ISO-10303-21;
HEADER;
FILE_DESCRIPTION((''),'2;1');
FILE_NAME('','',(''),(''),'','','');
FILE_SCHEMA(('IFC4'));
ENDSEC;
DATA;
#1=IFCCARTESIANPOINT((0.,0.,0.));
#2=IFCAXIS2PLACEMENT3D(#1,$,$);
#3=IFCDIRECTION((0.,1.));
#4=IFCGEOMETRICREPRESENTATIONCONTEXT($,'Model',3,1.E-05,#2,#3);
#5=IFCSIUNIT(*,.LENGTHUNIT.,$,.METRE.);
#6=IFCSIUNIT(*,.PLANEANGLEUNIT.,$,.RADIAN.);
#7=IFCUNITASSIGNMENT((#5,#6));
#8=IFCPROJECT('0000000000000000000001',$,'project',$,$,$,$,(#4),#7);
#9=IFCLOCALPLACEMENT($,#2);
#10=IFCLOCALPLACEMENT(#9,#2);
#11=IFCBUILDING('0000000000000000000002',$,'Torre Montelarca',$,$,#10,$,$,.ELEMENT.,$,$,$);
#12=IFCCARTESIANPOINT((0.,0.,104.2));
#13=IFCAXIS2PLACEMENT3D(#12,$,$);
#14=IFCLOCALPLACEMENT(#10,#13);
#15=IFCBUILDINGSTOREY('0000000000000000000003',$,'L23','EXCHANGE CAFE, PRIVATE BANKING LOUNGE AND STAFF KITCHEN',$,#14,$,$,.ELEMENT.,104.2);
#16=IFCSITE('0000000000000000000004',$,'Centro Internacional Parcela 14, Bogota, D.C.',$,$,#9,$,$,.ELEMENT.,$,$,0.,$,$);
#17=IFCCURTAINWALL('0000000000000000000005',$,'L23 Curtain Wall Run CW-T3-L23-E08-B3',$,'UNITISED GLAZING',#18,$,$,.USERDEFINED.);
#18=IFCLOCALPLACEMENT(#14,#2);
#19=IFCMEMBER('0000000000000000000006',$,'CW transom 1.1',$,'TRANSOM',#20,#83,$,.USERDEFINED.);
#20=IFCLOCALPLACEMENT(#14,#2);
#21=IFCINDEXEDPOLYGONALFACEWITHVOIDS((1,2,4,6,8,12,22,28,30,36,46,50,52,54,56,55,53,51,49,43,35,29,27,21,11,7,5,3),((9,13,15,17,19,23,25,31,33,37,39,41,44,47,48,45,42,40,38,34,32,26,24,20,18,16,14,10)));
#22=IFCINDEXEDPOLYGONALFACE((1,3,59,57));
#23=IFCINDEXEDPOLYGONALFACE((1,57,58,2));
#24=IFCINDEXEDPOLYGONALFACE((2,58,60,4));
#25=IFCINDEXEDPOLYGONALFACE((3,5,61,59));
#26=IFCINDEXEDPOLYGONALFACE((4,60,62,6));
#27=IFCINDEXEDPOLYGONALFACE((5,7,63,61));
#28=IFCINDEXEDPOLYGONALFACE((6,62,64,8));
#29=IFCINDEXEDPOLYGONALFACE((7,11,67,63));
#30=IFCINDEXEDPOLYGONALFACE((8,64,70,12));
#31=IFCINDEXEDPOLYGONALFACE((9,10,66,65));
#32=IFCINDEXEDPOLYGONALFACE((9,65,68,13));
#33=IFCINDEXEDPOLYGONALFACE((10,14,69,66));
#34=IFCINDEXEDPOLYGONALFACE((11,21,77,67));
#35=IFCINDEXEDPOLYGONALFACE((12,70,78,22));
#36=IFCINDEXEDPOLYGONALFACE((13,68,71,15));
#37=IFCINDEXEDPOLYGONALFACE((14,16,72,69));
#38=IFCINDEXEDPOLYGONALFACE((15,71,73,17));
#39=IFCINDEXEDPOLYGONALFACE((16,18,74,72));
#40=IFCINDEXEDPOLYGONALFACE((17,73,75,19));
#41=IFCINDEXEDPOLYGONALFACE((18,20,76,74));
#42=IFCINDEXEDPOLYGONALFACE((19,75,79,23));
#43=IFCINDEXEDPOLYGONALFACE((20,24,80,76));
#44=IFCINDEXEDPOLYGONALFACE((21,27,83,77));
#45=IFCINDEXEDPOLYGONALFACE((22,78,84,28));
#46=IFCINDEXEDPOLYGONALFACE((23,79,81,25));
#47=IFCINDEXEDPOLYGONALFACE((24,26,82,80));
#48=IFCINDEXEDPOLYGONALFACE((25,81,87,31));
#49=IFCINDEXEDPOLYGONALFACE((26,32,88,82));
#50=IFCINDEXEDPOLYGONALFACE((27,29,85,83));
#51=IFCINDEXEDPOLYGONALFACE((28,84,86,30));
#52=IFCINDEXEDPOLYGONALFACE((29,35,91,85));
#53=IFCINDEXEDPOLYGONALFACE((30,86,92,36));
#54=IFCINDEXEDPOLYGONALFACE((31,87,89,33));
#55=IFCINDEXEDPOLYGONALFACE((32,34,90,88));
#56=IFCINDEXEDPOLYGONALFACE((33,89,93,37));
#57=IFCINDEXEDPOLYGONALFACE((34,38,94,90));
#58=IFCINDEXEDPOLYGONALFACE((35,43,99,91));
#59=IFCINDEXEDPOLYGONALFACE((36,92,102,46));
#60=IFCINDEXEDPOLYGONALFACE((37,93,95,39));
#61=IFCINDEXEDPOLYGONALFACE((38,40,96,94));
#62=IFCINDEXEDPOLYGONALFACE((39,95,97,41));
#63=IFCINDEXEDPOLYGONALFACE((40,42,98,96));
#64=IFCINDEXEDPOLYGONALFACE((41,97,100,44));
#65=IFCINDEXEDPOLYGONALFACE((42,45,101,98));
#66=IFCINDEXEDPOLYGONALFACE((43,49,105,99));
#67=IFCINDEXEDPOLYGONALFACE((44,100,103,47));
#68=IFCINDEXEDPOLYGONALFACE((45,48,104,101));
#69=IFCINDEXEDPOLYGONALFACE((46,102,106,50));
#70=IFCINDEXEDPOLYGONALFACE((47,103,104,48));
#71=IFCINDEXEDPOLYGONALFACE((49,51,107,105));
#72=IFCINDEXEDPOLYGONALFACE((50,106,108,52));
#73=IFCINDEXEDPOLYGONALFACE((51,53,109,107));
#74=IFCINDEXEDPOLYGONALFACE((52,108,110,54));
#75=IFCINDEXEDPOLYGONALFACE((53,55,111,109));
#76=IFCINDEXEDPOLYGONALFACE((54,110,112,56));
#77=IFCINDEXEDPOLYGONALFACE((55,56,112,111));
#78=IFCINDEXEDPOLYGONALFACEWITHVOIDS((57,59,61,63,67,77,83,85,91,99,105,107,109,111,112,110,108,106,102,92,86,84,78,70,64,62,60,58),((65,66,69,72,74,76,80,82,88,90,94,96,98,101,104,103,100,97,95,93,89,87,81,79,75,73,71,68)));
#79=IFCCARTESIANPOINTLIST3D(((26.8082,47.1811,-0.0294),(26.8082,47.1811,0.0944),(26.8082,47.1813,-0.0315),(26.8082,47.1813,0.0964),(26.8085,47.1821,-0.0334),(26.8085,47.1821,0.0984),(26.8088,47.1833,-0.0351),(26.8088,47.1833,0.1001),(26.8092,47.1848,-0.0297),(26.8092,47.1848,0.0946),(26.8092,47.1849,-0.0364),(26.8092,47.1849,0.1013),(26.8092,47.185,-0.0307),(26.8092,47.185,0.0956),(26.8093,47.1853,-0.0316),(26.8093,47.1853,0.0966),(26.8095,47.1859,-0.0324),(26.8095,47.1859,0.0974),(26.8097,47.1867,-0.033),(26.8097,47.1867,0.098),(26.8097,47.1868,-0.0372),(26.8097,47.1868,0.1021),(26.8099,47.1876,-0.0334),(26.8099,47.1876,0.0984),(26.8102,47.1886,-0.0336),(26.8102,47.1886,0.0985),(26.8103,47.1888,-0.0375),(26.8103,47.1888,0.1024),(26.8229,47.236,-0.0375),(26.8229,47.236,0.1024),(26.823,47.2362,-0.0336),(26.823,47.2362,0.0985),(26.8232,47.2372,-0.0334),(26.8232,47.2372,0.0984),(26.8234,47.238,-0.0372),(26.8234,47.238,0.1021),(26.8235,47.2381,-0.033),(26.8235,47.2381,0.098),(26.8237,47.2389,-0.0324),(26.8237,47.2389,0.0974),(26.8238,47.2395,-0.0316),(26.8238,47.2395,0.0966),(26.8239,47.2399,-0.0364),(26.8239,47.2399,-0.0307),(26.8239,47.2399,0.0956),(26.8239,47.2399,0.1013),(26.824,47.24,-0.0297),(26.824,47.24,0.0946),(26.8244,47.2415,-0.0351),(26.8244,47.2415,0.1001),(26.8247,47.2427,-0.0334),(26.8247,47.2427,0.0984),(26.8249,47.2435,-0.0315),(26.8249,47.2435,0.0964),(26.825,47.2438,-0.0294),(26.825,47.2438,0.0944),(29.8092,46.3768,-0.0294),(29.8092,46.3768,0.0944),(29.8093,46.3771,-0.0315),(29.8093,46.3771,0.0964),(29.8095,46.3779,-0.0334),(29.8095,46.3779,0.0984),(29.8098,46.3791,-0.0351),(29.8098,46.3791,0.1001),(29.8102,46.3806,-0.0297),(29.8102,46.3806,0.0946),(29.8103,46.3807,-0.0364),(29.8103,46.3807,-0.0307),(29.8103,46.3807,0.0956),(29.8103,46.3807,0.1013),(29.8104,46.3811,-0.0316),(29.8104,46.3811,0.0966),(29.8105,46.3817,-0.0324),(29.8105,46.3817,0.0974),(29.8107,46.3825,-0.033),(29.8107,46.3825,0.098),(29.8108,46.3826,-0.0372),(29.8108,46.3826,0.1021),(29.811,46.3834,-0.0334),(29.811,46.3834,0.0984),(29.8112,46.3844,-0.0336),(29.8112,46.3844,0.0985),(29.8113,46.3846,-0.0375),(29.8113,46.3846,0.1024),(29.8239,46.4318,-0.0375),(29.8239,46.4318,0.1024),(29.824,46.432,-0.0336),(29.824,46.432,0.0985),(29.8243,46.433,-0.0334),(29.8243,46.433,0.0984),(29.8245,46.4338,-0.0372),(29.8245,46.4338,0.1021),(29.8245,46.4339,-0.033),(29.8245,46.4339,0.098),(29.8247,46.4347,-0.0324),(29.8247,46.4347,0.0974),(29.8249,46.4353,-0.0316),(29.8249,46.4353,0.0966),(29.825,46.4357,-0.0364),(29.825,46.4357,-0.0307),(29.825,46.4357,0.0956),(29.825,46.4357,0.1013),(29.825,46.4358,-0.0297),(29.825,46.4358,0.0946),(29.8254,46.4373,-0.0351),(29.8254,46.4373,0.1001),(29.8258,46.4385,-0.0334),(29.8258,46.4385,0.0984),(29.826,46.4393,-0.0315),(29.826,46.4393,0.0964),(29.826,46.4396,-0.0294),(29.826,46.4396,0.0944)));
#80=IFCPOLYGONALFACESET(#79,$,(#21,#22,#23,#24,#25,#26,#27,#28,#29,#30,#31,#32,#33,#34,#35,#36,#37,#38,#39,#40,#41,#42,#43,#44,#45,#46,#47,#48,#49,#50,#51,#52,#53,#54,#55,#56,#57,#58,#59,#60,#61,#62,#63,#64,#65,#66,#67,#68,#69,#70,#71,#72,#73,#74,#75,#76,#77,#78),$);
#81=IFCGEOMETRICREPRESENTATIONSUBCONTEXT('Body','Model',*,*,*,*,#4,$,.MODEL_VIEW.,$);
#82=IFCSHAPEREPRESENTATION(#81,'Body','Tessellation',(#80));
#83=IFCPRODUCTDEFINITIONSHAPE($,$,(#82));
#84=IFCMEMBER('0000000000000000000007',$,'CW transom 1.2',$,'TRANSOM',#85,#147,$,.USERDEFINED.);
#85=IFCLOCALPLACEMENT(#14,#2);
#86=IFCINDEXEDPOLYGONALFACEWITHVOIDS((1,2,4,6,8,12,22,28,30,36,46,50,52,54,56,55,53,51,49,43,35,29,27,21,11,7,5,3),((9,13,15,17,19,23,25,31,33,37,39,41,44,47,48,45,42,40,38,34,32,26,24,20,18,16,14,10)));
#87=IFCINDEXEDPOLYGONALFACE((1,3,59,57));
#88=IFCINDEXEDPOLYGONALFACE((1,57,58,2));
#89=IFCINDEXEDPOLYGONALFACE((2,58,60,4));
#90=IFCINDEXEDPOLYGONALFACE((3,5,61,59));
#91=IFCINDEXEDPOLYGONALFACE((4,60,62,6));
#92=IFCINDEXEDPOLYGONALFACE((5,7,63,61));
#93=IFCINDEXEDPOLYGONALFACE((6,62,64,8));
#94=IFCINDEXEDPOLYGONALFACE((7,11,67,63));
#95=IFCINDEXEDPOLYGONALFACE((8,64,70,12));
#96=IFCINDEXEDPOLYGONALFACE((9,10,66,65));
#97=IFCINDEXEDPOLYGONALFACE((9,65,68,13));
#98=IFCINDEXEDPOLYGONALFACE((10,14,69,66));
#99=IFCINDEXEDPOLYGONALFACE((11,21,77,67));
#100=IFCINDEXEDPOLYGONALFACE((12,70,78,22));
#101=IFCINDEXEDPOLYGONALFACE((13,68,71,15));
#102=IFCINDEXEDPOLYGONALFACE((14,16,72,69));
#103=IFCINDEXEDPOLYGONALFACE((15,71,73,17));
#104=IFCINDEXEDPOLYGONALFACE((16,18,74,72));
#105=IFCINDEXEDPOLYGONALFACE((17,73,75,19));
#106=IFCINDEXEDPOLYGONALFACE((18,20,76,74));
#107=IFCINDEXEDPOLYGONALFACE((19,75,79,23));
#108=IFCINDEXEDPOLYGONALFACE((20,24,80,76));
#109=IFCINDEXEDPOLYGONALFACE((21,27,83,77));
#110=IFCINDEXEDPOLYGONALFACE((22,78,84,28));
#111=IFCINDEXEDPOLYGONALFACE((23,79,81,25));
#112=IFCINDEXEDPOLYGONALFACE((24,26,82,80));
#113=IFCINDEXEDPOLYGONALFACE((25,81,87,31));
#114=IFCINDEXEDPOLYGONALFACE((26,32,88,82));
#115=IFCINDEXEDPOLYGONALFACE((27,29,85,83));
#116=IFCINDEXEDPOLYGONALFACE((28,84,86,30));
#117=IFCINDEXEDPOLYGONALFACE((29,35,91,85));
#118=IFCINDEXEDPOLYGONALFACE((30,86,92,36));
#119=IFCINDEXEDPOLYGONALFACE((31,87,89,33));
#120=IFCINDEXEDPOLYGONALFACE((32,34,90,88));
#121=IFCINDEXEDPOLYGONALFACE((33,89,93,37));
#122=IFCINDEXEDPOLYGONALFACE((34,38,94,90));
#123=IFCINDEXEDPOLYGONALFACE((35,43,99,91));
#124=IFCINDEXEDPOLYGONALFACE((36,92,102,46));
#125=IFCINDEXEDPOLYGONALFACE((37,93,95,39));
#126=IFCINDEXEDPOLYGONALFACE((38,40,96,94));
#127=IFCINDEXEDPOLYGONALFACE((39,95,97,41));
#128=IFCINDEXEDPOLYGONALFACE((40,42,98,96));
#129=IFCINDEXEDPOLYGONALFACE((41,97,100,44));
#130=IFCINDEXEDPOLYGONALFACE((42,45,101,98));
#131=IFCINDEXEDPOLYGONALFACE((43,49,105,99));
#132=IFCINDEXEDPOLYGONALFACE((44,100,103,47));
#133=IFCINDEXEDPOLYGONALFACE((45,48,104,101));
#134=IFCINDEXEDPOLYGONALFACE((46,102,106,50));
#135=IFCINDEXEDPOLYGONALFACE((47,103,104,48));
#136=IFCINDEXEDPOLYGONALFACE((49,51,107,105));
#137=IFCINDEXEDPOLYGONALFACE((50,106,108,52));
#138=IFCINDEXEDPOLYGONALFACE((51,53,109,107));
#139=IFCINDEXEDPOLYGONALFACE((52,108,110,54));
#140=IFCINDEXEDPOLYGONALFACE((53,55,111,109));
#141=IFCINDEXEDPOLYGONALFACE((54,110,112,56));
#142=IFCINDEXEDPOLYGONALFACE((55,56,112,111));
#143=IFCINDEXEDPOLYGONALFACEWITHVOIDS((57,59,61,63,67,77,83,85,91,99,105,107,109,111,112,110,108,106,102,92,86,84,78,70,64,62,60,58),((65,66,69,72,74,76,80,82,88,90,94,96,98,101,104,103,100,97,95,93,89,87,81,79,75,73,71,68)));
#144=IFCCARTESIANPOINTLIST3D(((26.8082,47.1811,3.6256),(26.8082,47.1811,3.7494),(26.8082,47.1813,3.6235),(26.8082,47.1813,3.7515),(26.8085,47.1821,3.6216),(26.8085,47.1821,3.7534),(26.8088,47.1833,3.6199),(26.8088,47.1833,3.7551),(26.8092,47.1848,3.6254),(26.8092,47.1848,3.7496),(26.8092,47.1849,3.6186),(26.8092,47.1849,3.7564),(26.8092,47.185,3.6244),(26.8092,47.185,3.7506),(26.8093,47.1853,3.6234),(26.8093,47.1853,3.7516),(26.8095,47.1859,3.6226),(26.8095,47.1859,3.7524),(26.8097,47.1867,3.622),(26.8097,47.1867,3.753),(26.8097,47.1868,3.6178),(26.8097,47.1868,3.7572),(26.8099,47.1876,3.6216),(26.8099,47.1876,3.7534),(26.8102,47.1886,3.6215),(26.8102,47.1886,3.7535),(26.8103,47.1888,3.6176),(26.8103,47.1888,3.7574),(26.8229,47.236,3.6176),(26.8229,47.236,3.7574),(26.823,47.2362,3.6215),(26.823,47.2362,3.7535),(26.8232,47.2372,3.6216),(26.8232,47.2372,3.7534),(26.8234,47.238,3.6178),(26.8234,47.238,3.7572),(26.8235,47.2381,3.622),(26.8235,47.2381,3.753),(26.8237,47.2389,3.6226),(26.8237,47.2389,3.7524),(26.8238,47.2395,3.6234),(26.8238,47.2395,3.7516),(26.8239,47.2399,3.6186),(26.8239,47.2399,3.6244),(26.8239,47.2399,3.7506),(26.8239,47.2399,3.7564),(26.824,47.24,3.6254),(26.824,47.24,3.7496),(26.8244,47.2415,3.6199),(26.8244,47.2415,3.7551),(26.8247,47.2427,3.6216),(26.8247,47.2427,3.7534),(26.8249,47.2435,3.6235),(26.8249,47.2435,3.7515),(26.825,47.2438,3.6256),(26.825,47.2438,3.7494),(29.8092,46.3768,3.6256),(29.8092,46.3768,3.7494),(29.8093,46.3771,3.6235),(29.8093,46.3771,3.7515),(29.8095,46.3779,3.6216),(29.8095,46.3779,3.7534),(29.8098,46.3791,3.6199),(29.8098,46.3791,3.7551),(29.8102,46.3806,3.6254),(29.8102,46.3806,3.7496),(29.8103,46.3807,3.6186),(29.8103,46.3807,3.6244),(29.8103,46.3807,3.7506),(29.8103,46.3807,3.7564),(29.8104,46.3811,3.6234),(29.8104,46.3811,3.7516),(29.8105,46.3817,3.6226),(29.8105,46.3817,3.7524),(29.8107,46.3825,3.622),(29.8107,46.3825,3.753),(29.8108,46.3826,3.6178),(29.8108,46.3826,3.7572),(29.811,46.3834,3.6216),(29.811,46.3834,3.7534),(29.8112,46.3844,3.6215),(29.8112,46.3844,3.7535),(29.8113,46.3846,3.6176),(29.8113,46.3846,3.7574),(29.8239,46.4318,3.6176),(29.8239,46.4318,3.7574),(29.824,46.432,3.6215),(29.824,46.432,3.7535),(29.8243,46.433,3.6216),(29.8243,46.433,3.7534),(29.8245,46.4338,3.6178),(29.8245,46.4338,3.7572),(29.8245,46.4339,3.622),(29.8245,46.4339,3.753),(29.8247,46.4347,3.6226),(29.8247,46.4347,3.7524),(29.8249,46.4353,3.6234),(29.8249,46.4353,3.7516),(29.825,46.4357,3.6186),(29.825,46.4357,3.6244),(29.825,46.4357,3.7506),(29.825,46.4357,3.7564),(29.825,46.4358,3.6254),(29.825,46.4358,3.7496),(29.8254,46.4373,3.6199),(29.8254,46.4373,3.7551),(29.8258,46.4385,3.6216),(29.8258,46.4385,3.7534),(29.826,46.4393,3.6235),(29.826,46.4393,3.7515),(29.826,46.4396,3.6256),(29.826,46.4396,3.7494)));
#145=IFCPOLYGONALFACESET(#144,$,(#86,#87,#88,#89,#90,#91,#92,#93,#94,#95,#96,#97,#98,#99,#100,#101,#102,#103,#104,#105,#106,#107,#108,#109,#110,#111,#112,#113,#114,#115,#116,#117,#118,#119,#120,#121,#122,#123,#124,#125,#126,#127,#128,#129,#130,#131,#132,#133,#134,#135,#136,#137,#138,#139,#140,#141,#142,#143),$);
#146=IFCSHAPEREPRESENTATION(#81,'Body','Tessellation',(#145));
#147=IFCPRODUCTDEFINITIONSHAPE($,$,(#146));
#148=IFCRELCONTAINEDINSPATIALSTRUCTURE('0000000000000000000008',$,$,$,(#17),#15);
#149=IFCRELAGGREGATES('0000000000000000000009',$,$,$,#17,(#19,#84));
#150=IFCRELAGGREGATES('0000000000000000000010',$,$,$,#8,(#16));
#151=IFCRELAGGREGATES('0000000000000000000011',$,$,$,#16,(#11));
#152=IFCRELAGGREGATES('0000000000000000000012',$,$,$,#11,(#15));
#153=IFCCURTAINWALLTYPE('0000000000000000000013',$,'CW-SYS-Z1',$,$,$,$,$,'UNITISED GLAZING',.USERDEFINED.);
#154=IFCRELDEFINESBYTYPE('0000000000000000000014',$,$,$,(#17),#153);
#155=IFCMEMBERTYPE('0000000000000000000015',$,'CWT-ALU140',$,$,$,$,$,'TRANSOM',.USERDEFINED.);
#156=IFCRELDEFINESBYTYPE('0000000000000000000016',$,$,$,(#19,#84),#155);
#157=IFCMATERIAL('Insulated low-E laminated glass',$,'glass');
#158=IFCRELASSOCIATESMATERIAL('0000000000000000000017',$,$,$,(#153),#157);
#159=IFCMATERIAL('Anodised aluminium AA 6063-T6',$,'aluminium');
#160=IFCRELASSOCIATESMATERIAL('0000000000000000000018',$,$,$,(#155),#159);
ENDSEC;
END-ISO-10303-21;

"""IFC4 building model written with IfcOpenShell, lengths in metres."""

from ifc_helpers import new_model, si_unit, direction, frame, origin, origin_2d, place, context, subcontext, project, spatial, hollow_rectangle, extrude, source, transform, mapped, material, material_profile, profile_set, type_object, element, aggregate, save


model = new_model("IFC4")

# Units and contexts
model_context = context("Model", 3, precision=1e-05, world=origin(), true_north=direction((0.0, 1.0)))
body_context = subcontext(model_context, "Body", "Model", "MODEL_VIEW")
ifc_project = project(units=[si_unit("LENGTHUNIT", "METRE"), si_unit("PLANEANGLEUNIT", "RADIAN")], contexts=[model_context])

# Site, building, storey
site_placement = place(None, origin())
site = spatial("IfcSite", under=ifc_project, at=site_placement, Name="Centro Internacional Parcela 14, Bogota, D.C.", CompositionType="ELEMENT", RefElevation=0.0)
building_placement = place(site_placement, origin())
building = spatial("IfcBuilding", under=site, at=building_placement, Name="Torre Montelarca", CompositionType="ELEMENT")
storey_placement = place(building_placement, frame((0.0, 0.0, 104.2)))
storey = spatial("IfcBuildingStorey", under=building, at=storey_placement, Name="L23", Description="EXCHANGE CAFE, PRIVATE BANKING LOUNGE AND STAFF KITCHEN", CompositionType="ELEMENT", Elevation=104.2)

# Curtain wall, members
ifc_material_1 = material(Name="Insulated low-E laminated glass", Category="glass")
curtain_wall_type = type_object("IfcCurtainWallType", Name="CW-SYS-Z1", ElementType="UNITISED GLAZING", PredefinedType="USERDEFINED", material=ifc_material_1)
ifc_material_2 = material(Name="Anodised aluminium AA 6063-T6", Category="aluminium")
ifc_material_profile_1 = material_profile(ifc_material_2, hollow_rectangle(XDim=0.0649, YDim=0.1399, WallThickness=0.0039, InnerFilletRadius=0.0039, OuterFilletRadius=0.0081, at=origin_2d()), Name="ALU65X140X4", Category="aluminium")
ifc_profile_set_1 = profile_set([ifc_material_profile_1], Name="Anodised aluminium AA 6063-T6")
member_type_1 = type_object("IfcMemberType", Name="CWT-ALU140", ElementType="TRANSOM", PredefinedType="USERDEFINED", material=ifc_profile_set_1)
curtain_wall_1_placement = place(storey_placement, origin())
curtain_wall_1 = element("IfcCurtainWall", 1, at=curtain_wall_1_placement, inside=storey, type_object=curtain_wall_type, Name="L23 Curtain Wall Run CW-T3-L23-E08-B3", ObjectType="UNITISED GLAZING", PredefinedType="USERDEFINED")
shared_shape_1 = source(origin(), body_context, "Body", "SweptSolid", [
    extrude(hollow_rectangle(XDim=0.0649, YDim=0.1399, WallThickness=0.0039, InnerFilletRadius=0.0039, OuterFilletRadius=0.0081, at=origin_2d()), origin(), (0.0, 0.0, 1.0), 3.1069),
])
member_1_placement = place(storey_placement, frame((29.8176, 46.4082, 0.0325), z_axis=(-0.965919, 0.258846, 0.0), x_axis=(-0.258846, -0.965919, 0.0)))
member_1 = element("IfcMember", 2, at=member_1_placement, type_object=member_type_1, Name="CW transom 1.1", ObjectType="TRANSOM", PredefinedType="USERDEFINED", context=body_context, shape_type="MappedRepresentation", body=[
    mapped(shared_shape_1, transform((0.0, 0.0, 0.0), scale=1.0)),
])
member_2_placement = place(storey_placement, frame((29.8176, 46.4082, 3.6875), z_axis=(-0.965919, 0.258846, 0.0), x_axis=(-0.258846, -0.965919, 0.0)))
member_2 = element("IfcMember", 3, at=member_2_placement, type_object=member_type_1, Name="CW transom 1.2", ObjectType="TRANSOM", PredefinedType="USERDEFINED", context=body_context, shape_type="MappedRepresentation", body=[
    mapped(shared_shape_1, transform((0.0, 0.0, 0.0), scale=1.0)),
])

aggregate(curtain_wall_1, [member_1, member_2])

save(model, "model.ifc")
